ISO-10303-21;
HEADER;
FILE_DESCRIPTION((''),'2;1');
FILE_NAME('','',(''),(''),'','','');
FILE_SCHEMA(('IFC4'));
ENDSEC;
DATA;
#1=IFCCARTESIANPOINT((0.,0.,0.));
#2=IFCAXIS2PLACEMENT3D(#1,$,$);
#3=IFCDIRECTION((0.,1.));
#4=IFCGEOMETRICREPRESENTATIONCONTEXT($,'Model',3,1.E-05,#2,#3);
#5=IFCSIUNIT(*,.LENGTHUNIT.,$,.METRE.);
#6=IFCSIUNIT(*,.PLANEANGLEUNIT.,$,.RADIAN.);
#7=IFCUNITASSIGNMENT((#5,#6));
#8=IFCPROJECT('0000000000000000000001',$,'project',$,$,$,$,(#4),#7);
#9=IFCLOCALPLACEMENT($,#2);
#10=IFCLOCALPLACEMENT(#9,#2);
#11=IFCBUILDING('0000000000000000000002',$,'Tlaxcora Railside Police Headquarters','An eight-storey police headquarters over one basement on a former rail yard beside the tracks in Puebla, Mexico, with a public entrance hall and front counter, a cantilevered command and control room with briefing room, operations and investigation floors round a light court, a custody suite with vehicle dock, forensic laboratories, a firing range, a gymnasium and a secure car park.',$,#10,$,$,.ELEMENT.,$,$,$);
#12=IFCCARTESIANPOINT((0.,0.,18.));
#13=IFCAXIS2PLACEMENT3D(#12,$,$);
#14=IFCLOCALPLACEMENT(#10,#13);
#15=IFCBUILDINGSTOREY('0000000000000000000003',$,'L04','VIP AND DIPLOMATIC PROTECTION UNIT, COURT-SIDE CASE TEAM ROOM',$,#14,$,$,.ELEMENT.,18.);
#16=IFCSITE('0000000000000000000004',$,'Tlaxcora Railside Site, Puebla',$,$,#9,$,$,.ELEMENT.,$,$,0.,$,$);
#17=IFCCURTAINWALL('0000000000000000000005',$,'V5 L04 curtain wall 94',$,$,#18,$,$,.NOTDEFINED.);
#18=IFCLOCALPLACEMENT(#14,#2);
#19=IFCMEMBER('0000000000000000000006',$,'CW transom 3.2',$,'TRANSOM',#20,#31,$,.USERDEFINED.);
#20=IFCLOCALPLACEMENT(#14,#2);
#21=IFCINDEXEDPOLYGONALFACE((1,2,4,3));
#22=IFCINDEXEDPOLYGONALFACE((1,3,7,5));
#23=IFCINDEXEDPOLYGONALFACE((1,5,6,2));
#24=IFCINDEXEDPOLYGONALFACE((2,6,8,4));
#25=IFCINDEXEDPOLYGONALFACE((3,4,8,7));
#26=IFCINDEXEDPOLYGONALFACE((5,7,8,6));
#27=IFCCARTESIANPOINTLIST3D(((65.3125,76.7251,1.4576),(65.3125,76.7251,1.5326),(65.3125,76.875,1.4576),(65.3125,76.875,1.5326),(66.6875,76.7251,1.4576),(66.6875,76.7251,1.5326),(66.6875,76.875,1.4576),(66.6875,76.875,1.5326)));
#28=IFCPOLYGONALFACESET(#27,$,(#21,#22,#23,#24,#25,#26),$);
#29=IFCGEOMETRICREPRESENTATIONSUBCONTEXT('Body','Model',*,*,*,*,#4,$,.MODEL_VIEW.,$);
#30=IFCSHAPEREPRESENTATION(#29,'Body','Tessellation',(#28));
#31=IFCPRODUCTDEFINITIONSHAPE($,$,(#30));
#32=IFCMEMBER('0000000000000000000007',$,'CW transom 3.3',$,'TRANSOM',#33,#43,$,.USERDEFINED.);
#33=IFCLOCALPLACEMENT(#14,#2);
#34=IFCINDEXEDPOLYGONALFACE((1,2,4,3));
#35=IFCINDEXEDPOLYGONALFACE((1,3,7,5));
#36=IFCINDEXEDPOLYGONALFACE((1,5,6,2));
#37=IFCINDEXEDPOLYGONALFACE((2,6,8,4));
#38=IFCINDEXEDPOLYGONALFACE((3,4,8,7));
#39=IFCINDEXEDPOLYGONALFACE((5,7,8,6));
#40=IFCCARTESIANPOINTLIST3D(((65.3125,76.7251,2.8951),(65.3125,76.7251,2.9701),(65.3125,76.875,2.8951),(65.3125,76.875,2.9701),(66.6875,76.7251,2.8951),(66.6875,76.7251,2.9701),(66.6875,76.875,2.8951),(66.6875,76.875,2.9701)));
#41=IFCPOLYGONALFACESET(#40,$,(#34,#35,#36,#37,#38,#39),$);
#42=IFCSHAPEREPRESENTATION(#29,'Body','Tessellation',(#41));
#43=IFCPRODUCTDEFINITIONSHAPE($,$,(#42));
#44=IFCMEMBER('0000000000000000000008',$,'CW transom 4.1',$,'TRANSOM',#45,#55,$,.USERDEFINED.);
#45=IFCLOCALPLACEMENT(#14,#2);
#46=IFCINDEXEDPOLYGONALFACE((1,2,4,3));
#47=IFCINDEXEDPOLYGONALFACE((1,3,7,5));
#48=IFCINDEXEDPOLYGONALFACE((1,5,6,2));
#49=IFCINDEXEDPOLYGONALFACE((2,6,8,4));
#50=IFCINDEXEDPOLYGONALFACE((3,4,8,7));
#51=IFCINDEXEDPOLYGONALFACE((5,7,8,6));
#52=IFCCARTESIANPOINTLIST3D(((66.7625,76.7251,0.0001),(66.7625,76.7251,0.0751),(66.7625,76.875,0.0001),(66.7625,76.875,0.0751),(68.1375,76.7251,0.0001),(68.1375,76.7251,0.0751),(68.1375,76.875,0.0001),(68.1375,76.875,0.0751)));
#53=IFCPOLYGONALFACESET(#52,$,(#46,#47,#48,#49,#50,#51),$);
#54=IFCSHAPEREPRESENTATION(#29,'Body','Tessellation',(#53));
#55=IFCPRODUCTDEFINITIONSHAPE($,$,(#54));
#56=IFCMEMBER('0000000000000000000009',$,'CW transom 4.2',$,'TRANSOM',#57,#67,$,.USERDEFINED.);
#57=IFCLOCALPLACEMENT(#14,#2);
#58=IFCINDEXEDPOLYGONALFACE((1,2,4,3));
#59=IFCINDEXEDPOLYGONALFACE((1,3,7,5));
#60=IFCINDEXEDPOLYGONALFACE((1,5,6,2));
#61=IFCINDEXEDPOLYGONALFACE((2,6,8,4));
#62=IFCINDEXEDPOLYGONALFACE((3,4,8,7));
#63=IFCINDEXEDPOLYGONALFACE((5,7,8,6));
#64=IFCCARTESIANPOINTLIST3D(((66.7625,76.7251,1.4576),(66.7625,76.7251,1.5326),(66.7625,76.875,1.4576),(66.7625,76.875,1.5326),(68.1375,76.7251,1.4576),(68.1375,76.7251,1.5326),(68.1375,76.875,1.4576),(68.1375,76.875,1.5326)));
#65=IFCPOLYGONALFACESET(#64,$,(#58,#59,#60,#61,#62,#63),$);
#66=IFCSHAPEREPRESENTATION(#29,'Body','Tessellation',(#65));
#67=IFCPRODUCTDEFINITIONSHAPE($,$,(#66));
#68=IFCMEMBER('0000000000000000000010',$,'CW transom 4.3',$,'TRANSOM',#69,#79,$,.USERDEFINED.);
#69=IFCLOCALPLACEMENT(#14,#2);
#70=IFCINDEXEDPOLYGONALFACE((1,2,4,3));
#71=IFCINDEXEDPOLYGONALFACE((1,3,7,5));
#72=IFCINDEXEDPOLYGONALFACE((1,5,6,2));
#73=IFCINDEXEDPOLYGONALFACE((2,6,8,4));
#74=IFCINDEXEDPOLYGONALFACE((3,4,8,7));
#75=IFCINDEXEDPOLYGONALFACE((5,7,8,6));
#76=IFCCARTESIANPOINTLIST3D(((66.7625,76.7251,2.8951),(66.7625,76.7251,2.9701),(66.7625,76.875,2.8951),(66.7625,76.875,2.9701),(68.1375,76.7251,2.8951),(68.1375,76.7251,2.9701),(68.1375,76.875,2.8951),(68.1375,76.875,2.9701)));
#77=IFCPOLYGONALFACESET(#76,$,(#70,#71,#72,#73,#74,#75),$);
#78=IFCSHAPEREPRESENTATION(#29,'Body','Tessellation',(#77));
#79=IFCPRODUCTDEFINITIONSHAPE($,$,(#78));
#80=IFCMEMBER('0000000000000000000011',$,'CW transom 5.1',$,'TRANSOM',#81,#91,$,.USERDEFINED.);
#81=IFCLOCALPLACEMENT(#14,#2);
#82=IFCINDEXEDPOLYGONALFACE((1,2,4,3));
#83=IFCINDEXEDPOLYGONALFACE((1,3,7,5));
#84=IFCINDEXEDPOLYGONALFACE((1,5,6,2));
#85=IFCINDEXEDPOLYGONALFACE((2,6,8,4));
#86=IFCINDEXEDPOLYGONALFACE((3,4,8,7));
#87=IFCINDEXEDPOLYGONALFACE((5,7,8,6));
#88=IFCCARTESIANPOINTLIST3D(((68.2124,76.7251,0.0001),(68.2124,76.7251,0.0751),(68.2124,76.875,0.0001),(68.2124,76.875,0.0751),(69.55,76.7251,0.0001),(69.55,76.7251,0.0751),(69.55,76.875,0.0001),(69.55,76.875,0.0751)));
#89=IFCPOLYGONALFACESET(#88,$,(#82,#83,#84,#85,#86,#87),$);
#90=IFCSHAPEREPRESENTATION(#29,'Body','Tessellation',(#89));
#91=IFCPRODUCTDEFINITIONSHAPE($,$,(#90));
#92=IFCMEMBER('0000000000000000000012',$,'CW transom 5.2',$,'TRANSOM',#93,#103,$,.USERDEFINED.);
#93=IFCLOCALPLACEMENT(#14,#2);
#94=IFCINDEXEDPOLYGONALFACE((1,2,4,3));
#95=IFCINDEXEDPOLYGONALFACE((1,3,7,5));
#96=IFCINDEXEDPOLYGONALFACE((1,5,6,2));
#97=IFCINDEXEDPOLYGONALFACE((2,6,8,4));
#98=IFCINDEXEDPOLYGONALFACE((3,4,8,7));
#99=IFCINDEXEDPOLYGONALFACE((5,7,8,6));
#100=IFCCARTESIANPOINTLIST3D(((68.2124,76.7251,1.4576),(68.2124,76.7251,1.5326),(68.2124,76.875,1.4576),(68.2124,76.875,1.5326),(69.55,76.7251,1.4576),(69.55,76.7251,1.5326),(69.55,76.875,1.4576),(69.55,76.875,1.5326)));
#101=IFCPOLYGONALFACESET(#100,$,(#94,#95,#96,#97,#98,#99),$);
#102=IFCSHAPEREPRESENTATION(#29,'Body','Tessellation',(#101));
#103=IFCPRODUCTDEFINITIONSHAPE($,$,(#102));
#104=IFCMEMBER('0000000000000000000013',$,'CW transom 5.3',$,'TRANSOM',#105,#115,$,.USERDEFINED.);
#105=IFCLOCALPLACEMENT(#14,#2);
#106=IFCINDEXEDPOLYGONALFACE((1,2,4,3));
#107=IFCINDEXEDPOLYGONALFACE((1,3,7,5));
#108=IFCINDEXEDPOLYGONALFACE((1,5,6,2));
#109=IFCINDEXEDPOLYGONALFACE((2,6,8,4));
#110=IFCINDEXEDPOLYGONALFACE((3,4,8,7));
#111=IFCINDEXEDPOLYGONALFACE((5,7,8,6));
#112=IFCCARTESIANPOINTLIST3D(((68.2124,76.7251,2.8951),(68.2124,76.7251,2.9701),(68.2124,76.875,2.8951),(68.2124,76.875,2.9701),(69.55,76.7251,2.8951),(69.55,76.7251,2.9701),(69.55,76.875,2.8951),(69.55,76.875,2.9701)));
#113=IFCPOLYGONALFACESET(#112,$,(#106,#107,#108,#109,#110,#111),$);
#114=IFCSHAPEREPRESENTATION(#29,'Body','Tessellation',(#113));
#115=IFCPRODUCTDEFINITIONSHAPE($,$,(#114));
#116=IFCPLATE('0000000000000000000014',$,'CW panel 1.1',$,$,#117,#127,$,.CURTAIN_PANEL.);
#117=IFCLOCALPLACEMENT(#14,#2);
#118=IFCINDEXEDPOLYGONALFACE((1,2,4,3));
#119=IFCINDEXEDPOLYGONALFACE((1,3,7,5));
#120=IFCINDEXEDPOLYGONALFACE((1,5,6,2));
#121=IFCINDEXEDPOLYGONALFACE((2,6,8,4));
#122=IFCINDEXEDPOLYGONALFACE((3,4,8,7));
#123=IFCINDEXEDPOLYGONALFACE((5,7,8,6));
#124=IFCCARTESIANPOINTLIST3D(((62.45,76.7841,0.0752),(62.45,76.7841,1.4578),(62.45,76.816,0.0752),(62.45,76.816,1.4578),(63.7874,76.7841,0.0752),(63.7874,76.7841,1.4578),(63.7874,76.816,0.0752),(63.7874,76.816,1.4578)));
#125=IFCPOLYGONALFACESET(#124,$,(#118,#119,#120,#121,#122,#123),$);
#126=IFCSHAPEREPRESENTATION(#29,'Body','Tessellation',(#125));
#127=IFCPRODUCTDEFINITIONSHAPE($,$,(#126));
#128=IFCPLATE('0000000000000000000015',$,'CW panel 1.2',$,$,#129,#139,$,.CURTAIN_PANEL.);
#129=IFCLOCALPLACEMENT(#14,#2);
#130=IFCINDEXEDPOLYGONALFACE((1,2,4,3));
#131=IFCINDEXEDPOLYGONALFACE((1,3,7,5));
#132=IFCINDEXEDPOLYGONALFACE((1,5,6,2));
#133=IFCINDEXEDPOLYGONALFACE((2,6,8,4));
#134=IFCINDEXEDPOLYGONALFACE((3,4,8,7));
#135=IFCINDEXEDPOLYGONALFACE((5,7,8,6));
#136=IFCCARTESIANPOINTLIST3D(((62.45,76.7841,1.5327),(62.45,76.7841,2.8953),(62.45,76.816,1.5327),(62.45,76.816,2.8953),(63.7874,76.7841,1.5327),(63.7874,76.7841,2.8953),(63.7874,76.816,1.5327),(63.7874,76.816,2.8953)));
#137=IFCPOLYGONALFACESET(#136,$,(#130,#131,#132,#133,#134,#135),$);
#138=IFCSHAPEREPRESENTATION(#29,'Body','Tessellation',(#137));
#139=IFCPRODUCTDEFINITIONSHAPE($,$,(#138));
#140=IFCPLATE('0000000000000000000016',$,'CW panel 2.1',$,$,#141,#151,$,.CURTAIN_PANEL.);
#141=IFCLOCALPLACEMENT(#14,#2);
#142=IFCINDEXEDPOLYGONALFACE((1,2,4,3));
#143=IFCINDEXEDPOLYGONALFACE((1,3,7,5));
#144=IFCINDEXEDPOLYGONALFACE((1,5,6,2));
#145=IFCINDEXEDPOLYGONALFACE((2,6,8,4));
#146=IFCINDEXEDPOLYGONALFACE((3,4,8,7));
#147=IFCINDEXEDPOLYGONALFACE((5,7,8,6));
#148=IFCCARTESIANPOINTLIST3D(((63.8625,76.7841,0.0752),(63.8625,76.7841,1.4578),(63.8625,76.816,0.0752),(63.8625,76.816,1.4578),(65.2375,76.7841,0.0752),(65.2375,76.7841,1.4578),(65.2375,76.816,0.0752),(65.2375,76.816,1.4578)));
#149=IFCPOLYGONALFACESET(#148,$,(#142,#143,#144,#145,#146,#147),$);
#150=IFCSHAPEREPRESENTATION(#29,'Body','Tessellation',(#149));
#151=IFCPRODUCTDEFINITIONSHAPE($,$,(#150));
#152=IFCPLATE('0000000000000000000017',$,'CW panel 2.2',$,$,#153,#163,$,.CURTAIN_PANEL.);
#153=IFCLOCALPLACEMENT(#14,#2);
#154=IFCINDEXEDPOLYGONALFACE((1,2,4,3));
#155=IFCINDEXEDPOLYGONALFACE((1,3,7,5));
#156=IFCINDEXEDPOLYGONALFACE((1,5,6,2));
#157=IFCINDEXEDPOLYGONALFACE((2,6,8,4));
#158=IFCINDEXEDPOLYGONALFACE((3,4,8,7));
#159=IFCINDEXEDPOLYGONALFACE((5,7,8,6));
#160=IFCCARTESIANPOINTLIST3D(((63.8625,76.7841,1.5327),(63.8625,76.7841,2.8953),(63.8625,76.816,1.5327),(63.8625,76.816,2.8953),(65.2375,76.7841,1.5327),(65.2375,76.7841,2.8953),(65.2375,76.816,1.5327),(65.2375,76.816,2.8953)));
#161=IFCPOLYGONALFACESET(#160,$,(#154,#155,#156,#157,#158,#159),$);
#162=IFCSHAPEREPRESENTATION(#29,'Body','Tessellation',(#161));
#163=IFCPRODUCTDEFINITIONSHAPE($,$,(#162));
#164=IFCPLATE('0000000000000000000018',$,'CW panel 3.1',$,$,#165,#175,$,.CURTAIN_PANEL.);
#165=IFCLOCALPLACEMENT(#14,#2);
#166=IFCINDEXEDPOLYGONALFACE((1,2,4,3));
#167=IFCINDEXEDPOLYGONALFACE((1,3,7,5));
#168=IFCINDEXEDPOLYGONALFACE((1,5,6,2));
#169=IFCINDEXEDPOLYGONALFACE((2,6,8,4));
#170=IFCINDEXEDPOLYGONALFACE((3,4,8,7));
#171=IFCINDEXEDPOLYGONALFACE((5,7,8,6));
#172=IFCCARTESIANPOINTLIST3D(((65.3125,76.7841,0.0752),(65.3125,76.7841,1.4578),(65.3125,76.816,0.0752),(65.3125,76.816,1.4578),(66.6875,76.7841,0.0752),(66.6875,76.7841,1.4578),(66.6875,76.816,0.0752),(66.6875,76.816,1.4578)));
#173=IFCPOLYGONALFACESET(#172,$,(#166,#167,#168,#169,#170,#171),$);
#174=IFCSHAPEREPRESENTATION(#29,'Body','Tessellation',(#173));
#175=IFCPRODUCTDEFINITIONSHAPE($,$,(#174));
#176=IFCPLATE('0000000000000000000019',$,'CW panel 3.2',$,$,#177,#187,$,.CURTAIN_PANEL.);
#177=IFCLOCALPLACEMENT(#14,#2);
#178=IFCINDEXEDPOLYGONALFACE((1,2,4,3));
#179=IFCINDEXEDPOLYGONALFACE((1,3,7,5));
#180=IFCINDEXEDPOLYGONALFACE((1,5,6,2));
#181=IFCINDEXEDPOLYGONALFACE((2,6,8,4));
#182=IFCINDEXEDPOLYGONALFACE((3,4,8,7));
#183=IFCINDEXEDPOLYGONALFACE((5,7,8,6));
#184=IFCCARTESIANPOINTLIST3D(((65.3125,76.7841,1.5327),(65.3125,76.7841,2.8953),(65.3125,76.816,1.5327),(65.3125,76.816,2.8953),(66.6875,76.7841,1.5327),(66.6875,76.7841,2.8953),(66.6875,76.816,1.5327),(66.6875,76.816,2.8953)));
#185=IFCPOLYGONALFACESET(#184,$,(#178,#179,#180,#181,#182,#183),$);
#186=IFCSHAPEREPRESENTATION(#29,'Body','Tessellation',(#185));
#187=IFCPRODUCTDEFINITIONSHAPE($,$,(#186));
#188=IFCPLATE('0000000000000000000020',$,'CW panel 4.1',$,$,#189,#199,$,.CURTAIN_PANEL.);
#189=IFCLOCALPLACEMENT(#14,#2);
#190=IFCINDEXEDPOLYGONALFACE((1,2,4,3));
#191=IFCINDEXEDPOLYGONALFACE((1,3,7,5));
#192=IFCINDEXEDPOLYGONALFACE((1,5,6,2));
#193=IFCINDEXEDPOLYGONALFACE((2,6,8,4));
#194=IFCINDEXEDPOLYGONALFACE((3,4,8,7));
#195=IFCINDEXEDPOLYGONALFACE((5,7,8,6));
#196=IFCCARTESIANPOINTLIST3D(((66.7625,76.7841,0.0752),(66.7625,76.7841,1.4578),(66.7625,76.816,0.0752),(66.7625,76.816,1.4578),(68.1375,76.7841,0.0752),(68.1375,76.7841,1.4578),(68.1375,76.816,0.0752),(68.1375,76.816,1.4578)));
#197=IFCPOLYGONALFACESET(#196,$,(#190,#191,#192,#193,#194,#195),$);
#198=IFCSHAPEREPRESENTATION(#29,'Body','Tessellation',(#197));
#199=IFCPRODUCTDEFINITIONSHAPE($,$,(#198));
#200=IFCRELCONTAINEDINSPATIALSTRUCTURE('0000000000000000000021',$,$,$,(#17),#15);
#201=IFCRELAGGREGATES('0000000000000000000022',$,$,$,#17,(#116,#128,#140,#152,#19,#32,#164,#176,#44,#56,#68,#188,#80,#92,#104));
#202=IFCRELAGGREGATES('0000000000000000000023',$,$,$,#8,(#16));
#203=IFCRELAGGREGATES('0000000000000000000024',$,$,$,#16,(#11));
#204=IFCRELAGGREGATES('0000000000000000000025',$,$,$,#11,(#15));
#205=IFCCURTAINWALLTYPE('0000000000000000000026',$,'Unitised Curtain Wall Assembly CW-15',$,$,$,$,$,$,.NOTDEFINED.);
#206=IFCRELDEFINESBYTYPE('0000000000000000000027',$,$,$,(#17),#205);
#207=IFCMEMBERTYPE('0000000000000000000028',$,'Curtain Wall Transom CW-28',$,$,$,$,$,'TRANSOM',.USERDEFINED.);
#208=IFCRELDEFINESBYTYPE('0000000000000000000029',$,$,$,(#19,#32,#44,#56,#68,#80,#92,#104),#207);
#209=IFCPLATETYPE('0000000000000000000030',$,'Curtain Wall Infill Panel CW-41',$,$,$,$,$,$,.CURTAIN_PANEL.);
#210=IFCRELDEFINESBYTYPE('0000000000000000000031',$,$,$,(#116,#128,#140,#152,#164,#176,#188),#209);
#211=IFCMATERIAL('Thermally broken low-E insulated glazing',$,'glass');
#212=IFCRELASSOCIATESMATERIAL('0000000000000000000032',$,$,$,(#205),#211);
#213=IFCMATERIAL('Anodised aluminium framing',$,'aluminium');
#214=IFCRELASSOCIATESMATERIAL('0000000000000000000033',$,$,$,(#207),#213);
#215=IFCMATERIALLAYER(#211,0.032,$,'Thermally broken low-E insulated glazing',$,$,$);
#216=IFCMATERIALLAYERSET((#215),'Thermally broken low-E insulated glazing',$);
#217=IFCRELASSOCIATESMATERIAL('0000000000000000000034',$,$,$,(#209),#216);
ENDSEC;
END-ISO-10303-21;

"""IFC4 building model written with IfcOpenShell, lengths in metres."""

from ifc_helpers import new_model, si_unit, direction, frame, origin, origin_2d, place, context, subcontext, project, spatial, rectangle, extrude, material, layer, layer_set, material_profile, profile_set, type_object, element, aggregate, save


model = new_model("IFC4")

# Units and contexts
model_context = context("Model", 3, precision=1e-05, world=origin(), true_north=direction((0.0, 1.0)))
body_context = subcontext(model_context, "Body", "Model", "MODEL_VIEW")
ifc_project = project(units=[si_unit("LENGTHUNIT", "METRE"), si_unit("PLANEANGLEUNIT", "RADIAN")], contexts=[model_context])

# Site, building, storey
site_placement = place(None, origin())
site = spatial("IfcSite", under=ifc_project, at=site_placement, Name="Tlaxcora Railside Site, Puebla", CompositionType="ELEMENT", RefElevation=0.0)
building_placement = place(site_placement, origin())
building = spatial("IfcBuilding", under=site, at=building_placement, Name="Tlaxcora Railside Police Headquarters", Description="An eight-storey police headquarters over one basement on a former rail yard beside the tracks in Puebla, Mexico, with a public entrance hall and front counter, a cantilevered command and control room with briefing room, operations and investigation floors round a light court, a custody suite with vehicle dock, forensic laboratories, a firing range, a gymnasium and a secure car park.", CompositionType="ELEMENT")
storey_placement = place(building_placement, frame((0.0, 0.0, 18.0)))
storey = spatial("IfcBuildingStorey", under=building, at=storey_placement, Name="L04", Description="VIP AND DIPLOMATIC PROTECTION UNIT, COURT-SIDE CASE TEAM ROOM", CompositionType="ELEMENT", Elevation=18.0)

# Curtain wall, members, plates
ifc_material_1 = material(Name="Thermally broken low-E insulated glazing", Category="glass")
curtain_wall_type = type_object("IfcCurtainWallType", Name="Unitised Curtain Wall Assembly CW-15", PredefinedType="NOTDEFINED", material=ifc_material_1)
curtain_wall_placement = place(storey_placement, origin())
curtain_wall = element("IfcCurtainWall", 1, at=curtain_wall_placement, inside=storey, type_object=curtain_wall_type, Name="V5 L04 curtain wall 94", PredefinedType="NOTDEFINED")
ifc_material_2 = material(Name="Anodised aluminium framing", Category="aluminium")
ifc_material_profile_1 = material_profile(ifc_material_2, rectangle(XDim=0.1499, YDim=0.075, at=origin_2d()), Name="AL75X150")
ifc_profile_set_1 = profile_set([ifc_material_profile_1], Name="Anodised aluminium framing")
member_type_1 = type_object("IfcMemberType", Name="Curtain Wall Transom CW-28", ElementType="TRANSOM", PredefinedType="USERDEFINED", material=ifc_profile_set_1)
member_1_placement = place(storey_placement, frame((65.3125, 76.8, 1.4951), z_axis=(1.0, 0.0, 0.0), x_axis=(0.0, 1.0, 0.0)))
member_1 = element("IfcMember", 2, at=member_1_placement, type_object=member_type_1, Name="CW transom 3.2", ObjectType="TRANSOM", PredefinedType="USERDEFINED", context=body_context, shape_type="SweptSolid", body=[
    extrude(rectangle(XDim=0.1499, YDim=0.075, at=origin_2d()), origin(), (0.0, 0.0, 1.0), 1.375),
])
member_2_placement = place(storey_placement, frame((65.3125, 76.8, 2.9326), z_axis=(1.0, 0.0, 0.0), x_axis=(0.0, 1.0, 0.0)))
member_2 = element("IfcMember", 3, at=member_2_placement, type_object=member_type_1, Name="CW transom 3.3", ObjectType="TRANSOM", PredefinedType="USERDEFINED", context=body_context, shape_type="SweptSolid", body=[
    extrude(rectangle(XDim=0.1499, YDim=0.075, at=origin_2d()), origin(), (0.0, 0.0, 1.0), 1.375),
])
member_3_placement = place(storey_placement, frame((66.7625, 76.8, 0.0376), z_axis=(1.0, 0.0, 0.0), x_axis=(0.0, 1.0, 0.0)))
member_3 = element("IfcMember", 4, at=member_3_placement, type_object=member_type_1, Name="CW transom 4.1", ObjectType="TRANSOM", PredefinedType="USERDEFINED", context=body_context, shape_type="SweptSolid", body=[
    extrude(rectangle(XDim=0.1499, YDim=0.075, at=origin_2d()), origin(), (0.0, 0.0, 1.0), 1.375),
])
member_4_placement = place(storey_placement, frame((66.7625, 76.8, 1.4951), z_axis=(1.0, 0.0, 0.0), x_axis=(0.0, 1.0, 0.0)))
member_4 = element("IfcMember", 5, at=member_4_placement, type_object=member_type_1, Name="CW transom 4.2", ObjectType="TRANSOM", PredefinedType="USERDEFINED", context=body_context, shape_type="SweptSolid", body=[
    extrude(rectangle(XDim=0.1499, YDim=0.075, at=origin_2d()), origin(), (0.0, 0.0, 1.0), 1.375),
])
member_5_placement = place(storey_placement, frame((66.7625, 76.8, 2.9326), z_axis=(1.0, 0.0, 0.0), x_axis=(0.0, 1.0, 0.0)))
member_5 = element("IfcMember", 6, at=member_5_placement, type_object=member_type_1, Name="CW transom 4.3", ObjectType="TRANSOM", PredefinedType="USERDEFINED", context=body_context, shape_type="SweptSolid", body=[
    extrude(rectangle(XDim=0.1499, YDim=0.075, at=origin_2d()), origin(), (0.0, 0.0, 1.0), 1.375),
])
member_6_placement = place(storey_placement, frame((68.2124, 76.8, 0.0376), z_axis=(1.0, 0.0, 0.0), x_axis=(0.0, 1.0, 0.0)))
member_6 = element("IfcMember", 7, at=member_6_placement, type_object=member_type_1, Name="CW transom 5.1", ObjectType="TRANSOM", PredefinedType="USERDEFINED", context=body_context, shape_type="SweptSolid", body=[
    extrude(rectangle(XDim=0.1499, YDim=0.075, at=origin_2d()), origin(), (0.0, 0.0, 1.0), 1.3376),
])
member_7_placement = place(storey_placement, frame((68.2124, 76.8, 1.4951), z_axis=(1.0, 0.0, 0.0), x_axis=(0.0, 1.0, 0.0)))
member_7 = element("IfcMember", 8, at=member_7_placement, type_object=member_type_1, Name="CW transom 5.2", ObjectType="TRANSOM", PredefinedType="USERDEFINED", context=body_context, shape_type="SweptSolid", body=[
    extrude(rectangle(XDim=0.1499, YDim=0.075, at=origin_2d()), origin(), (0.0, 0.0, 1.0), 1.3376),
])
member_8_placement = place(storey_placement, frame((68.2124, 76.8, 2.9326), z_axis=(1.0, 0.0, 0.0), x_axis=(0.0, 1.0, 0.0)))
member_8 = element("IfcMember", 9, at=member_8_placement, type_object=member_type_1, Name="CW transom 5.3", ObjectType="TRANSOM", PredefinedType="USERDEFINED", context=body_context, shape_type="SweptSolid", body=[
    extrude(rectangle(XDim=0.1499, YDim=0.075, at=origin_2d()), origin(), (0.0, 0.0, 1.0), 1.3376),
])
ifc_layer_1 = layer(ifc_material_1, 0.032, Name="Thermally broken low-E insulated glazing")
ifc_layer_set_1 = layer_set([ifc_layer_1], Name="Thermally broken low-E insulated glazing")
plate_type = type_object("IfcPlateType", Name="Curtain Wall Infill Panel CW-41", PredefinedType="CURTAIN_PANEL", material=ifc_layer_set_1)
plate_1_placement = place(storey_placement, frame((63.1187, 76.8, 0.0752), z_axis=(0.0, 0.0, 1.0), x_axis=(1.0, 0.0, 0.0)))
plate_1 = element("IfcPlate", 10, at=plate_1_placement, type_object=plate_type, Name="CW panel 1.1", PredefinedType="CURTAIN_PANEL", context=body_context, shape_type="SweptSolid", body=[
    extrude(rectangle(XDim=1.3374, YDim=0.032, at=origin_2d()), origin(), (0.0, 0.0, 1.0), 1.3826),
])
plate_2_placement = place(storey_placement, frame((63.1187, 76.8, 1.5327), z_axis=(0.0, 0.0, 1.0), x_axis=(1.0, 0.0, 0.0)))
plate_2 = element("IfcPlate", 11, at=plate_2_placement, type_object=plate_type, Name="CW panel 1.2", PredefinedType="CURTAIN_PANEL", context=body_context, shape_type="SweptSolid", body=[
    extrude(rectangle(XDim=1.3374, YDim=0.032, at=origin_2d()), origin(), (0.0, 0.0, 1.0), 1.3625),
])
plate_3_placement = place(storey_placement, frame((64.55, 76.8, 0.0752), z_axis=(0.0, 0.0, 1.0), x_axis=(1.0, 0.0, 0.0)))
plate_3 = element("IfcPlate", 12, at=plate_3_placement, type_object=plate_type, Name="CW panel 2.1", PredefinedType="CURTAIN_PANEL", context=body_context, shape_type="SweptSolid", body=[
    extrude(rectangle(XDim=1.375, YDim=0.032, at=origin_2d()), origin(), (0.0, 0.0, 1.0), 1.3826),
])
plate_4_placement = place(storey_placement, frame((64.55, 76.8, 1.5327), z_axis=(0.0, 0.0, 1.0), x_axis=(1.0, 0.0, 0.0)))
plate_4 = element("IfcPlate", 13, at=plate_4_placement, type_object=plate_type, Name="CW panel 2.2", PredefinedType="CURTAIN_PANEL", context=body_context, shape_type="SweptSolid", body=[
    extrude(rectangle(XDim=1.375, YDim=0.032, at=origin_2d()), origin(), (0.0, 0.0, 1.0), 1.3625),
])
plate_5_placement = place(storey_placement, frame((66.0, 76.8, 0.0752), z_axis=(0.0, 0.0, 1.0), x_axis=(1.0, 0.0, 0.0)))
plate_5 = element("IfcPlate", 14, at=plate_5_placement, type_object=plate_type, Name="CW panel 3.1", PredefinedType="CURTAIN_PANEL", context=body_context, shape_type="SweptSolid", body=[
    extrude(rectangle(XDim=1.375, YDim=0.032, at=origin_2d()), origin(), (0.0, 0.0, 1.0), 1.3826),
])
plate_6_placement = place(storey_placement, frame((66.0, 76.8, 1.5327), z_axis=(0.0, 0.0, 1.0), x_axis=(1.0, 0.0, 0.0)))
plate_6 = element("IfcPlate", 15, at=plate_6_placement, type_object=plate_type, Name="CW panel 3.2", PredefinedType="CURTAIN_PANEL", context=body_context, shape_type="SweptSolid", body=[
    extrude(rectangle(XDim=1.375, YDim=0.032, at=origin_2d()), origin(), (0.0, 0.0, 1.0), 1.3625),
])
plate_7_placement = place(storey_placement, frame((67.45, 76.8, 0.0752), z_axis=(0.0, 0.0, 1.0), x_axis=(1.0, 0.0, 0.0)))
plate_7 = element("IfcPlate", 16, at=plate_7_placement, type_object=plate_type, Name="CW panel 4.1", PredefinedType="CURTAIN_PANEL", context=body_context, shape_type="SweptSolid", body=[
    extrude(rectangle(XDim=1.375, YDim=0.032, at=origin_2d()), origin(), (0.0, 0.0, 1.0), 1.3826),
])
aggregate(curtain_wall, [plate_1, plate_2, plate_3, plate_4, member_1, member_2, plate_5, plate_6, member_3, member_4, member_5, plate_7, member_6, member_7, member_8])

save(model, "model.ifc")
